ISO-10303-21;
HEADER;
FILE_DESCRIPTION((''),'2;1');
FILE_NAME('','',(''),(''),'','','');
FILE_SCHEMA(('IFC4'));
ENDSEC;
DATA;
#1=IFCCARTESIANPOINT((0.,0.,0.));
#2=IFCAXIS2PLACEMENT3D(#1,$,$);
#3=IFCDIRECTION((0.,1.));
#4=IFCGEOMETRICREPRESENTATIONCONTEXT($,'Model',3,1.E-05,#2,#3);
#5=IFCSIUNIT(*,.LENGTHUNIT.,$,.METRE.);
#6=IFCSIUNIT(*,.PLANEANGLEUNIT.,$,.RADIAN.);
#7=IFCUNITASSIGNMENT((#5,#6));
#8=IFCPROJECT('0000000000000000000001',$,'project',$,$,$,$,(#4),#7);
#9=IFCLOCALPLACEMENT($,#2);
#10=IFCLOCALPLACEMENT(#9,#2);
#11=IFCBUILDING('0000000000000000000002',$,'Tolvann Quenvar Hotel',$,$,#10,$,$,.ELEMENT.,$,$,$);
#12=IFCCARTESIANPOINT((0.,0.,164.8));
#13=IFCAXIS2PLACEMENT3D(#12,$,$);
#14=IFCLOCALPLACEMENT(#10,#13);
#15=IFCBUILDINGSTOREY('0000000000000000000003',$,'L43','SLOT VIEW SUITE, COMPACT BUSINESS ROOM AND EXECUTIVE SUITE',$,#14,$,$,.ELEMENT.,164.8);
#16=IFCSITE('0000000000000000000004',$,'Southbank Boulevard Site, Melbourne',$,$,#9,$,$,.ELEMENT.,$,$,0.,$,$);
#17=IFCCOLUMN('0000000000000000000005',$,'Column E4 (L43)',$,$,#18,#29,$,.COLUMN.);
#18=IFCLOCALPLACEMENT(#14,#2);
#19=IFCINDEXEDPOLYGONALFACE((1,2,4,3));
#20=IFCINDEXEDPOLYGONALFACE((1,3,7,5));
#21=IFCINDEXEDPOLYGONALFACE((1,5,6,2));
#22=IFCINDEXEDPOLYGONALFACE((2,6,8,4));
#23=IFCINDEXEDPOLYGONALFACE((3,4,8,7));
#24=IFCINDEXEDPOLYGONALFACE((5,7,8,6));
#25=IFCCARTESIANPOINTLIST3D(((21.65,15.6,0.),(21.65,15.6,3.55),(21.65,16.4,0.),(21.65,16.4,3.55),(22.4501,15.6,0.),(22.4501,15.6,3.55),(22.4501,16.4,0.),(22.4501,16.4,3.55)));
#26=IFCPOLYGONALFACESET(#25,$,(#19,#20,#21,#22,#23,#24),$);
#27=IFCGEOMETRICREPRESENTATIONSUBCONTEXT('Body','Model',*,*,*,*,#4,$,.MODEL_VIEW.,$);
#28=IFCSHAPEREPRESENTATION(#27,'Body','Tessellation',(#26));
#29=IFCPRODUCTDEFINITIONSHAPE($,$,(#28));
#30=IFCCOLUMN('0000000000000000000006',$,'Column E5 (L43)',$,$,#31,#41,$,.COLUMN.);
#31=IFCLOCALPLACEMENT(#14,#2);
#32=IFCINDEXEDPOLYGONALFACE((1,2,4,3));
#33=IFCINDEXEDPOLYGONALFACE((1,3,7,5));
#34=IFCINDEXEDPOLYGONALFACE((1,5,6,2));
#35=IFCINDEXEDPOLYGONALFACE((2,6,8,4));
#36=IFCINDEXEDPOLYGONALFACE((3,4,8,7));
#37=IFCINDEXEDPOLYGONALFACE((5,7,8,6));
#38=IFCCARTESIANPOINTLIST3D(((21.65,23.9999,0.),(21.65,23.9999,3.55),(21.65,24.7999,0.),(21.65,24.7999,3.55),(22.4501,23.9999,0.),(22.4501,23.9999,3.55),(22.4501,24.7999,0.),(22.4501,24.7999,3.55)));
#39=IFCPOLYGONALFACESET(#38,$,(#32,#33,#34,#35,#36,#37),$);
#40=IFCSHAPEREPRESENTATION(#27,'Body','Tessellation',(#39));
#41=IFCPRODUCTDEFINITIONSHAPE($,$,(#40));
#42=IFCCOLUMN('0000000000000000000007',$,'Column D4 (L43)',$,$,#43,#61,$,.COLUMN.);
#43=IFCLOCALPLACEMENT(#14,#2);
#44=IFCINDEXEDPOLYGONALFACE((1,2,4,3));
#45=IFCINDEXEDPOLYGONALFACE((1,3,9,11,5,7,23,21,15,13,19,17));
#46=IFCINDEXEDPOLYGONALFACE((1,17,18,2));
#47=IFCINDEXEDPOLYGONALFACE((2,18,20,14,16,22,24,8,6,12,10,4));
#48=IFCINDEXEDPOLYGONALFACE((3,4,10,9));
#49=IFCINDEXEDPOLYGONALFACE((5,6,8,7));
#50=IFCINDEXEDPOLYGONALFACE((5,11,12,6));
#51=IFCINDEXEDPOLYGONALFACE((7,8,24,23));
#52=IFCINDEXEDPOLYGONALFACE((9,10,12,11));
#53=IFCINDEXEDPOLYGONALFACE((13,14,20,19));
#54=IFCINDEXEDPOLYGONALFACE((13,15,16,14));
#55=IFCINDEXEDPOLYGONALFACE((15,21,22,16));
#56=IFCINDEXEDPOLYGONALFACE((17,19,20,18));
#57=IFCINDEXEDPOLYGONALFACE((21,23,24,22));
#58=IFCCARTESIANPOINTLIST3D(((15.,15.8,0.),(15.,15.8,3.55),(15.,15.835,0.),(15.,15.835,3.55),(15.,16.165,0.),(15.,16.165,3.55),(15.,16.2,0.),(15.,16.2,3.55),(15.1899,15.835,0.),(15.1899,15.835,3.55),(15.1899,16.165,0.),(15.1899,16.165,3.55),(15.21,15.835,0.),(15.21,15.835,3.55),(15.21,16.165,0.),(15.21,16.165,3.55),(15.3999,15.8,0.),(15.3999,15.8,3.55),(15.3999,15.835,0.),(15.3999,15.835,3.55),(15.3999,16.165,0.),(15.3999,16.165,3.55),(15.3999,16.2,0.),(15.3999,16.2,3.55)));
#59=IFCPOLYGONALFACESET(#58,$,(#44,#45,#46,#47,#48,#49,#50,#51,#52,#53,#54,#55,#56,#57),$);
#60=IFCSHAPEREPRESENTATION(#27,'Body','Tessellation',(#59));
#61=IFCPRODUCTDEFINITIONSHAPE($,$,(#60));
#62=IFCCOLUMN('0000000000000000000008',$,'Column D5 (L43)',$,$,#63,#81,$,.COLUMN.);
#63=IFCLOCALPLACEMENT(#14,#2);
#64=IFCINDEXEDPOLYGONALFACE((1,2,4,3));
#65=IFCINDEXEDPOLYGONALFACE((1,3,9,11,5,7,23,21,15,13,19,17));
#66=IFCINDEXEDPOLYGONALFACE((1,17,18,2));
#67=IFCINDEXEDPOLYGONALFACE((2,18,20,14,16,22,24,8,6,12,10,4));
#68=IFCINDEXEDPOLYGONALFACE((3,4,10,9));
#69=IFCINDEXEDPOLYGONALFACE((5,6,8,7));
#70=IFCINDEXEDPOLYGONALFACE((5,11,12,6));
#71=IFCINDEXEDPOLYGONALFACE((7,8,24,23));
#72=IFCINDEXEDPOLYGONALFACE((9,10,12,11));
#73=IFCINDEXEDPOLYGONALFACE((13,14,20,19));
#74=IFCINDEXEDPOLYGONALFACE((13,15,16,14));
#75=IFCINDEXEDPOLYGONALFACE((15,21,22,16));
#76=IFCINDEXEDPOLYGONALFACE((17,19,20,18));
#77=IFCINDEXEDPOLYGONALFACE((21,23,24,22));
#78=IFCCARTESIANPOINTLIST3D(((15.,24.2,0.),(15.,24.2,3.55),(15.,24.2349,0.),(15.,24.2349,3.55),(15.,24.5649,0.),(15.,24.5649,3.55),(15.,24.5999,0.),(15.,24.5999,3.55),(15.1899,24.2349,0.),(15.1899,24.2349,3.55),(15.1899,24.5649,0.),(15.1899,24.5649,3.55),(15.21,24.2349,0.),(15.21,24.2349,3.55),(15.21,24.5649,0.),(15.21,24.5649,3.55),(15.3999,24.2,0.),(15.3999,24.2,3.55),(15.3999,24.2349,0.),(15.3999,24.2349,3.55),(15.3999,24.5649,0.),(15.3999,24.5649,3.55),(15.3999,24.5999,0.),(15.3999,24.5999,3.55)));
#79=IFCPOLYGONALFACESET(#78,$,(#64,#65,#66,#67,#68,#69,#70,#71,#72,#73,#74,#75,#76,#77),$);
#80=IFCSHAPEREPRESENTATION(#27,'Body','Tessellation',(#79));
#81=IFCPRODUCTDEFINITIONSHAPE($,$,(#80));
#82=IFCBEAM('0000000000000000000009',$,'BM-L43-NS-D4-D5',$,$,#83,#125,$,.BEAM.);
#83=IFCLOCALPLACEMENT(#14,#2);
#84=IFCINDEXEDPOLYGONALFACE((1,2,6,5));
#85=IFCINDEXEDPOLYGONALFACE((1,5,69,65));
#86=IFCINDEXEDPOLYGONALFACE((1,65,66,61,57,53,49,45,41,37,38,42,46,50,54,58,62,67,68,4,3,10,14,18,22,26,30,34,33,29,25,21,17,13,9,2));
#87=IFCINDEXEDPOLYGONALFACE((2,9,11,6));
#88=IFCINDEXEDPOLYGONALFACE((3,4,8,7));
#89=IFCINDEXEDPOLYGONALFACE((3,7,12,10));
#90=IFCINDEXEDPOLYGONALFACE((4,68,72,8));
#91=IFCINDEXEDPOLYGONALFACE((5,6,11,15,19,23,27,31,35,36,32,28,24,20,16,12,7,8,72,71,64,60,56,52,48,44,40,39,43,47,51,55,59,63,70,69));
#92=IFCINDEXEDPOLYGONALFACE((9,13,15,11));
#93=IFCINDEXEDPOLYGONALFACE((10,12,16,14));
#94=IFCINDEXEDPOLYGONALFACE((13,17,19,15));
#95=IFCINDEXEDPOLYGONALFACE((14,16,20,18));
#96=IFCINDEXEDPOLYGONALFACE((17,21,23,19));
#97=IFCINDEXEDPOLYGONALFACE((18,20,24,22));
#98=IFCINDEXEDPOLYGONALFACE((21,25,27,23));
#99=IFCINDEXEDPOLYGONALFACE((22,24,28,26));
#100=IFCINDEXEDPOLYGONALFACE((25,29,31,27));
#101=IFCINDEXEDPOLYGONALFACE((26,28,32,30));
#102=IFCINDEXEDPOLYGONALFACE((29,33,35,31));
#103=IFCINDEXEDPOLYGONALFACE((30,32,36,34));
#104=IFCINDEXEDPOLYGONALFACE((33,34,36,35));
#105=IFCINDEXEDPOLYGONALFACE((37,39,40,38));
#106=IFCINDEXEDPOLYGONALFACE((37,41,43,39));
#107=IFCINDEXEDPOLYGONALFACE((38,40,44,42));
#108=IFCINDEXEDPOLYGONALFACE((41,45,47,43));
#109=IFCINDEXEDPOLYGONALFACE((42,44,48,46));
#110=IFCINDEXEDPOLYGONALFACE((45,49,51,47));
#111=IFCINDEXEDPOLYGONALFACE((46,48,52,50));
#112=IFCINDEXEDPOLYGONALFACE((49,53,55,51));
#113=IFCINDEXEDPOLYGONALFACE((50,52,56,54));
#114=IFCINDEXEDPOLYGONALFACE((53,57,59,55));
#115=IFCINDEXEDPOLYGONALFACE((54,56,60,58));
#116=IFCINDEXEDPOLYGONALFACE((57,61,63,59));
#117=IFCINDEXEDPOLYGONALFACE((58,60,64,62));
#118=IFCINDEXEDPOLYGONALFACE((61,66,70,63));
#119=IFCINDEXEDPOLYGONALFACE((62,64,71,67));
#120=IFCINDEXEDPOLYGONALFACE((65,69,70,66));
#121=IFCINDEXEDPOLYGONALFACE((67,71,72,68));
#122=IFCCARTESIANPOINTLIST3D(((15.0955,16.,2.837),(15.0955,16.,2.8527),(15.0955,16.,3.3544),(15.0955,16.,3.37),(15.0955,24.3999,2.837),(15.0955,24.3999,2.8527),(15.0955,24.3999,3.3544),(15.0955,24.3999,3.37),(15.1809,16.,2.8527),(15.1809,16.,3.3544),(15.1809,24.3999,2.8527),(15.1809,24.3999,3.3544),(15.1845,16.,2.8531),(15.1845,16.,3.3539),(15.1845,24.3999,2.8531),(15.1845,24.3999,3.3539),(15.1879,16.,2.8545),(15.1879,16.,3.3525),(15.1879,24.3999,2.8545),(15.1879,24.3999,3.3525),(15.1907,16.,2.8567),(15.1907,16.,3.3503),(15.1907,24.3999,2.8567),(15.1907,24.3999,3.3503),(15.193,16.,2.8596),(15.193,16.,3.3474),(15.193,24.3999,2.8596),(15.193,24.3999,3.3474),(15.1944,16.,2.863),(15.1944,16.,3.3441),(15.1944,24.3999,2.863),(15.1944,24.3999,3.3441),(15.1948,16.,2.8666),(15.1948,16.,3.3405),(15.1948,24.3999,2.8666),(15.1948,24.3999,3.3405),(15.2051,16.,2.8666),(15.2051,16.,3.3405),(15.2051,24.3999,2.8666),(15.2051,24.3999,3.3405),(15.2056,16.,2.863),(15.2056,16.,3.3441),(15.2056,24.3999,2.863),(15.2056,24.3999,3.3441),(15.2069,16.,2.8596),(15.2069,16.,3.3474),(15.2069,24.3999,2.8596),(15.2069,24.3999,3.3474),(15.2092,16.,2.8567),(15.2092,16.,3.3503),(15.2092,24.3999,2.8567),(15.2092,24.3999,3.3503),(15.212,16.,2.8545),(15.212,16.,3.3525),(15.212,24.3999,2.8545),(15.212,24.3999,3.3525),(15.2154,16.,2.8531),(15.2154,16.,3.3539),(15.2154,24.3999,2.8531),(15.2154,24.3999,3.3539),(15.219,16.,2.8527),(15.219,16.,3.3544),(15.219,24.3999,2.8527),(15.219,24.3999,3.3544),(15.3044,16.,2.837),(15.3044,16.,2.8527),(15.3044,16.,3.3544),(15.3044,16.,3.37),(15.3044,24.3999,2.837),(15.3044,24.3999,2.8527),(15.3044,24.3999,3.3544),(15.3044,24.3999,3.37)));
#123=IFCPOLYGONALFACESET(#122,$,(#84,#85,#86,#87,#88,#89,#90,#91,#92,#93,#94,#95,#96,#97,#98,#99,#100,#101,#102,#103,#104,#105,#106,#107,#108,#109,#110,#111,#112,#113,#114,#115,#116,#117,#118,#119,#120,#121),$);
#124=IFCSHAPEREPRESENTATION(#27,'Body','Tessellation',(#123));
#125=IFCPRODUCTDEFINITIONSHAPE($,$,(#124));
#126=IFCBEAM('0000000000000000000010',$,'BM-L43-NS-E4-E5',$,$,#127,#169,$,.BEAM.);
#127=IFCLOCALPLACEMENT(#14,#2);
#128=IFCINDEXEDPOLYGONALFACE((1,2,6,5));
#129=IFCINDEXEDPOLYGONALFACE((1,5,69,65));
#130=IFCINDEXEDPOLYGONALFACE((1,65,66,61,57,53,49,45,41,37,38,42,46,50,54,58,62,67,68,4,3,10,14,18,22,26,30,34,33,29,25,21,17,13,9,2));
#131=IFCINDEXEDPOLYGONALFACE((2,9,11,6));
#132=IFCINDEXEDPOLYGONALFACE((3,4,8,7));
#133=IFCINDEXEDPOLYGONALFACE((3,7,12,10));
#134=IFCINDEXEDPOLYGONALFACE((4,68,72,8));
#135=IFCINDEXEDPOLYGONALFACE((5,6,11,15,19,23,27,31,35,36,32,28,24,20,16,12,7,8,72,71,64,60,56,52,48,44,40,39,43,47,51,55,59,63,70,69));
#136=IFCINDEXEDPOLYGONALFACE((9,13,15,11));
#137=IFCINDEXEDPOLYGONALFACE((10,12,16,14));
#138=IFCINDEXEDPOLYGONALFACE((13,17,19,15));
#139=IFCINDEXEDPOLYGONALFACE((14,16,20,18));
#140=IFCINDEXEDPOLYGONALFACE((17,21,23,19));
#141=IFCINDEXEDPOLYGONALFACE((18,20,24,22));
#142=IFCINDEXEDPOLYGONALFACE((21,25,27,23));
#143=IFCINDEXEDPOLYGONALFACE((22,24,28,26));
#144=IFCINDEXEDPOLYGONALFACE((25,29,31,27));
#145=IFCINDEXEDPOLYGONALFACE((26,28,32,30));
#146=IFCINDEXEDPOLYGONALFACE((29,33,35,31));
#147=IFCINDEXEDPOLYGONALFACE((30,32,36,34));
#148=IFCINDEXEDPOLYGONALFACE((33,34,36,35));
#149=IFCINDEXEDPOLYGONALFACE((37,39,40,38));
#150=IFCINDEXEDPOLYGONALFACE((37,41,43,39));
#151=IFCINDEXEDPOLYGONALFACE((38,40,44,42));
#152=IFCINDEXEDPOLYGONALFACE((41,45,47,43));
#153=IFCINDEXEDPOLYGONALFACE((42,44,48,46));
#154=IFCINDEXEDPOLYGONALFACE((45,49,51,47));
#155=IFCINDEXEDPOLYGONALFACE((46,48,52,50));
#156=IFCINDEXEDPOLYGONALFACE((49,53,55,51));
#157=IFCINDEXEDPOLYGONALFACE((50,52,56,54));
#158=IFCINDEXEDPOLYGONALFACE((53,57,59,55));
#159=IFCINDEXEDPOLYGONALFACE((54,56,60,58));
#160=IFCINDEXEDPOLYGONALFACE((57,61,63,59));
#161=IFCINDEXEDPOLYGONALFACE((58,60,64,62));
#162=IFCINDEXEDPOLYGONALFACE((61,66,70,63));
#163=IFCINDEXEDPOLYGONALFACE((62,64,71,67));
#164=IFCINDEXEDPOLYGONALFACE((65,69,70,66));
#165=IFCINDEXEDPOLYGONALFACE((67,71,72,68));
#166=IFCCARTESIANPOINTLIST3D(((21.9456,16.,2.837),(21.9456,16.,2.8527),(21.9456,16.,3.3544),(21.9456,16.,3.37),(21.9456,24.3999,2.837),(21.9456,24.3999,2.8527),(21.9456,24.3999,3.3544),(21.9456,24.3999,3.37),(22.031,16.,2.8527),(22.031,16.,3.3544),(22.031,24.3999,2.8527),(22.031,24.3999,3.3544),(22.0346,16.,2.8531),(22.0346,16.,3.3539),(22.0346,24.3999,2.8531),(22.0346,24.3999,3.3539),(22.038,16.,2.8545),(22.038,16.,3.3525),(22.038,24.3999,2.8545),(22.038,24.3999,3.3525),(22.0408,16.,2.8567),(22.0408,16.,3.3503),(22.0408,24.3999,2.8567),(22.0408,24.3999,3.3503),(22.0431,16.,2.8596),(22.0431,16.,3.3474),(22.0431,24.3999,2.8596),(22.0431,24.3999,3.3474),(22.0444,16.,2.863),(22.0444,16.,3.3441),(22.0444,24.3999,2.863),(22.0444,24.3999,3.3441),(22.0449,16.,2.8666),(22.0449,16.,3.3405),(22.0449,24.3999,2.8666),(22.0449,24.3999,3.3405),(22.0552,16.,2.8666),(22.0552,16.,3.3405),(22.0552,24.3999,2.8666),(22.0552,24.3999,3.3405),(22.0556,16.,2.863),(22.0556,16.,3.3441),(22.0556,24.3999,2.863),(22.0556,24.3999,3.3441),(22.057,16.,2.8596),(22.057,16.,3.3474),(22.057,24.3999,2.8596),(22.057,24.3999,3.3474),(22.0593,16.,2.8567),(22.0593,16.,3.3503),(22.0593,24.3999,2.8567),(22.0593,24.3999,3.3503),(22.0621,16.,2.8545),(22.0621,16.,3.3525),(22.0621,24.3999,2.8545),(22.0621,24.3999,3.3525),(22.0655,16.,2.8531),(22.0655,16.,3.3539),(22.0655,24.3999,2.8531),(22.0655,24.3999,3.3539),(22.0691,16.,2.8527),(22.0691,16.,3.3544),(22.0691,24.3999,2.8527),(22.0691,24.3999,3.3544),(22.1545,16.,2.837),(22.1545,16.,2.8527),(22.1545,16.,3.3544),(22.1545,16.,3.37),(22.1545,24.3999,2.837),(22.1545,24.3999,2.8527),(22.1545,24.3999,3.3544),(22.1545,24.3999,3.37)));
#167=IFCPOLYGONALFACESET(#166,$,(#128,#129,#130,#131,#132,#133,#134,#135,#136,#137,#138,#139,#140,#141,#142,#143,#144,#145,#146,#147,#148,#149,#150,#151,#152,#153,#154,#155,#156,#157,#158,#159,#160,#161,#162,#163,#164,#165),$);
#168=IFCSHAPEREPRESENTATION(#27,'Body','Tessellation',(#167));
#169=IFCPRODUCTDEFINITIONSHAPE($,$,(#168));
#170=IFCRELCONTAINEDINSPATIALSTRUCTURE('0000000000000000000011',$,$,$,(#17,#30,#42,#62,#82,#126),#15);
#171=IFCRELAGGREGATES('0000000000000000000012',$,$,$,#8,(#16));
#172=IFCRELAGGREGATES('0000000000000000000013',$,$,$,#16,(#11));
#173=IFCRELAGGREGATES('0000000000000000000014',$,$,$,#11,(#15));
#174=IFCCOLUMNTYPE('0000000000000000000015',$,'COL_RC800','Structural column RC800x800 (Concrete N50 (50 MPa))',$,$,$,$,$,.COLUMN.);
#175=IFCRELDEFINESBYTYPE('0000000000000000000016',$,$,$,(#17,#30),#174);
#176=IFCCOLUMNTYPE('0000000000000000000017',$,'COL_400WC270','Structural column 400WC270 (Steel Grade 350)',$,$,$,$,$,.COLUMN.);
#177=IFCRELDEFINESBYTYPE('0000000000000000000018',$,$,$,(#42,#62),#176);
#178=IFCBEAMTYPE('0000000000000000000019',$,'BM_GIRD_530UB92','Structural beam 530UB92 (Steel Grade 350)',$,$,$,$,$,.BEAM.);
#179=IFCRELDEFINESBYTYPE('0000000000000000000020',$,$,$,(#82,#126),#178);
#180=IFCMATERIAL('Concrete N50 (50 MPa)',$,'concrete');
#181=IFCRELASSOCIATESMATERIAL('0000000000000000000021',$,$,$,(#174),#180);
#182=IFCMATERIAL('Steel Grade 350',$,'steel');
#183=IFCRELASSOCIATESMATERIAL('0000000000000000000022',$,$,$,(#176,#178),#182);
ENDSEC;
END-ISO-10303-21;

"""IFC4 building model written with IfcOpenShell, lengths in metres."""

from ifc_helpers import new_model, si_unit, direction, frame, origin, origin_2d, place, context, subcontext, project, spatial, rectangle, i_section, extrude, source, transform, mapped, material, material_profile, profile_set, type_object, type_shapes, element, save


model = new_model("IFC4")

# Units and contexts
model_context = context("Model", 3, precision=1e-05, world=origin(), true_north=direction((0.0, 1.0)))
body_context = subcontext(model_context, "Body", "Model", "MODEL_VIEW")
ifc_project = project(units=[si_unit("LENGTHUNIT", "METRE"), si_unit("PLANEANGLEUNIT", "RADIAN")], contexts=[model_context])

# Site, building, storey
site_placement = place(None, origin())
site = spatial("IfcSite", under=ifc_project, at=site_placement, Name="Southbank Boulevard Site, Melbourne", CompositionType="ELEMENT", RefElevation=0.0)
building_placement = place(site_placement, origin())
building = spatial("IfcBuilding", under=site, at=building_placement, Name="Tolvann Quenvar Hotel", CompositionType="ELEMENT")
storey_placement = place(building_placement, frame((0.0, 0.0, 164.8)))
storey = spatial("IfcBuildingStorey", under=building, at=storey_placement, Name="L43", Description="SLOT VIEW SUITE, COMPACT BUSINESS ROOM AND EXECUTIVE SUITE", CompositionType="ELEMENT", Elevation=164.8)

# Columns
ifc_material_1 = material(Name="Concrete N50 (50 MPa)", Category="concrete")
ifc_material_profile_1 = material_profile(ifc_material_1, rectangle(XDim=0.8, YDim=0.8, at=origin_2d()), Name="RC800x800")
ifc_profile_set_1 = profile_set([ifc_material_profile_1], Name="Concrete N50 (50 MPa)")
column_type_1 = type_object("IfcColumnType", Name="COL_RC800", Description="Structural column RC800x800 (Concrete N50 (50 MPa))", PredefinedType="COLUMN", material=ifc_profile_set_1)
shared_shape_1 = source(origin(), body_context, "Body", "SweptSolid", [
    extrude(rectangle(XDim=0.8, YDim=0.8, at=origin_2d()), origin(), (0.0, 0.0, 1.0), 3.55),
])
type_shapes(column_type_1, [shared_shape_1])
for number, where, z_axis, x_axis, name in (
    (1, (22.05, 16.0, 0.0), (0.0, 0.0, 1.0), (1.0, 0.0, 0.0), "Column E4 (L43)"),
    (2, (22.05, 24.3999, 0.0), (0.0, 0.0, 1.0), (1.0, 0.0, 0.0), "Column E5 (L43)"),
):
    element("IfcColumn", number, at=place(storey_placement, frame(where, z_axis=z_axis, x_axis=x_axis)), inside=storey, type_object=column_type_1, Name=name, PredefinedType="COLUMN", context=body_context, shape_type="MappedRepresentation", body=[
        mapped(shared_shape_1, transform((0.0, 0.0, 0.0), x_axis=(1.0, 0.0, 0.0), y_axis=(0.0, 1.0, 0.0), z_axis=(0.0, 0.0, 1.0), scale=1.0)),
    ])
ifc_material_2 = material(Name="Steel Grade 350", Category="steel")
ifc_material_profile_2 = material_profile(ifc_material_2, i_section(OverallWidth=0.3999, OverallDepth=0.3999, WebThickness=0.02, FlangeThickness=0.0349, at=origin_2d()), Name="400WC270")
ifc_profile_set_2 = profile_set([ifc_material_profile_2], Name="Steel Grade 350")
column_type_2 = type_object("IfcColumnType", Name="COL_400WC270", Description="Structural column 400WC270 (Steel Grade 350)", PredefinedType="COLUMN", material=ifc_profile_set_2)
shared_shape_2 = source(origin(), body_context, "Body", "SweptSolid", [
    extrude(i_section(OverallWidth=0.3999, OverallDepth=0.3999, WebThickness=0.02, FlangeThickness=0.0349, at=origin_2d()), origin(), (0.0, 0.0, 1.0), 3.55),
])
type_shapes(column_type_2, [shared_shape_2])
for number, where, z_axis, x_axis, name in (
    (3, (15.2, 16.0, 0.0), (0.0, 0.0, 1.0), (1.0, 0.0, 0.0), "Column D4 (L43)"),
    (4, (15.2, 24.3999, 0.0), (0.0, 0.0, 1.0), (1.0, 0.0, 0.0), "Column D5 (L43)"),
):
    element("IfcColumn", number, at=place(storey_placement, frame(where, z_axis=z_axis, x_axis=x_axis)), inside=storey, type_object=column_type_2, Name=name, PredefinedType="COLUMN", context=body_context, shape_type="MappedRepresentation", body=[
        mapped(shared_shape_2, transform((0.0, 0.0, 0.0), x_axis=(1.0, 0.0, 0.0), y_axis=(0.0, 1.0, 0.0), z_axis=(0.0, 0.0, 1.0), scale=1.0)),
    ])

# Beams
ifc_material_profile_3 = material_profile(ifc_material_2, i_section(OverallWidth=0.209, OverallDepth=0.533, WebThickness=0.0103, FlangeThickness=0.0156, FilletRadius=0.0139, at=origin_2d()), Name="530UB92")
ifc_profile_set_3 = profile_set([ifc_material_profile_3], Name="Steel Grade 350")
beam_type_1 = type_object("IfcBeamType", Name="BM_GIRD_530UB92", Description="Structural beam 530UB92 (Steel Grade 350)", PredefinedType="BEAM", material=ifc_profile_set_3)
shared_shape_3 = source(origin(), body_context, "Body", "SweptSolid", [
    extrude(i_section(OverallWidth=0.209, OverallDepth=0.533, WebThickness=0.0103, FlangeThickness=0.0156, FilletRadius=0.0139, at=origin_2d()), origin(), (0.0, 0.0, 1.0), 8.3999),
])
type_shapes(beam_type_1, [shared_shape_3])
for number, where, z_axis, x_axis, name in (
    (5, (15.2, 16.0, 3.1035), (0.0, 1.0, 0.0), (-1.0, 0.0, 0.0), "BM-L43-NS-D4-D5"),
    (6, (22.05, 16.0, 3.1035), (0.0, 1.0, 0.0), (-1.0, 0.0, 0.0), "BM-L43-NS-E4-E5"),
):
    element("IfcBeam", number, at=place(storey_placement, frame(where, z_axis=z_axis, x_axis=x_axis)), inside=storey, type_object=beam_type_1, Name=name, PredefinedType="BEAM", context=body_context, shape_type="MappedRepresentation", body=[
        mapped(shared_shape_3, transform((0.0, 0.0, 0.0), x_axis=(1.0, 0.0, 0.0), y_axis=(0.0, 1.0, 0.0), z_axis=(0.0, 0.0, 1.0), scale=1.0)),
    ])

save(model, "model.ifc")
